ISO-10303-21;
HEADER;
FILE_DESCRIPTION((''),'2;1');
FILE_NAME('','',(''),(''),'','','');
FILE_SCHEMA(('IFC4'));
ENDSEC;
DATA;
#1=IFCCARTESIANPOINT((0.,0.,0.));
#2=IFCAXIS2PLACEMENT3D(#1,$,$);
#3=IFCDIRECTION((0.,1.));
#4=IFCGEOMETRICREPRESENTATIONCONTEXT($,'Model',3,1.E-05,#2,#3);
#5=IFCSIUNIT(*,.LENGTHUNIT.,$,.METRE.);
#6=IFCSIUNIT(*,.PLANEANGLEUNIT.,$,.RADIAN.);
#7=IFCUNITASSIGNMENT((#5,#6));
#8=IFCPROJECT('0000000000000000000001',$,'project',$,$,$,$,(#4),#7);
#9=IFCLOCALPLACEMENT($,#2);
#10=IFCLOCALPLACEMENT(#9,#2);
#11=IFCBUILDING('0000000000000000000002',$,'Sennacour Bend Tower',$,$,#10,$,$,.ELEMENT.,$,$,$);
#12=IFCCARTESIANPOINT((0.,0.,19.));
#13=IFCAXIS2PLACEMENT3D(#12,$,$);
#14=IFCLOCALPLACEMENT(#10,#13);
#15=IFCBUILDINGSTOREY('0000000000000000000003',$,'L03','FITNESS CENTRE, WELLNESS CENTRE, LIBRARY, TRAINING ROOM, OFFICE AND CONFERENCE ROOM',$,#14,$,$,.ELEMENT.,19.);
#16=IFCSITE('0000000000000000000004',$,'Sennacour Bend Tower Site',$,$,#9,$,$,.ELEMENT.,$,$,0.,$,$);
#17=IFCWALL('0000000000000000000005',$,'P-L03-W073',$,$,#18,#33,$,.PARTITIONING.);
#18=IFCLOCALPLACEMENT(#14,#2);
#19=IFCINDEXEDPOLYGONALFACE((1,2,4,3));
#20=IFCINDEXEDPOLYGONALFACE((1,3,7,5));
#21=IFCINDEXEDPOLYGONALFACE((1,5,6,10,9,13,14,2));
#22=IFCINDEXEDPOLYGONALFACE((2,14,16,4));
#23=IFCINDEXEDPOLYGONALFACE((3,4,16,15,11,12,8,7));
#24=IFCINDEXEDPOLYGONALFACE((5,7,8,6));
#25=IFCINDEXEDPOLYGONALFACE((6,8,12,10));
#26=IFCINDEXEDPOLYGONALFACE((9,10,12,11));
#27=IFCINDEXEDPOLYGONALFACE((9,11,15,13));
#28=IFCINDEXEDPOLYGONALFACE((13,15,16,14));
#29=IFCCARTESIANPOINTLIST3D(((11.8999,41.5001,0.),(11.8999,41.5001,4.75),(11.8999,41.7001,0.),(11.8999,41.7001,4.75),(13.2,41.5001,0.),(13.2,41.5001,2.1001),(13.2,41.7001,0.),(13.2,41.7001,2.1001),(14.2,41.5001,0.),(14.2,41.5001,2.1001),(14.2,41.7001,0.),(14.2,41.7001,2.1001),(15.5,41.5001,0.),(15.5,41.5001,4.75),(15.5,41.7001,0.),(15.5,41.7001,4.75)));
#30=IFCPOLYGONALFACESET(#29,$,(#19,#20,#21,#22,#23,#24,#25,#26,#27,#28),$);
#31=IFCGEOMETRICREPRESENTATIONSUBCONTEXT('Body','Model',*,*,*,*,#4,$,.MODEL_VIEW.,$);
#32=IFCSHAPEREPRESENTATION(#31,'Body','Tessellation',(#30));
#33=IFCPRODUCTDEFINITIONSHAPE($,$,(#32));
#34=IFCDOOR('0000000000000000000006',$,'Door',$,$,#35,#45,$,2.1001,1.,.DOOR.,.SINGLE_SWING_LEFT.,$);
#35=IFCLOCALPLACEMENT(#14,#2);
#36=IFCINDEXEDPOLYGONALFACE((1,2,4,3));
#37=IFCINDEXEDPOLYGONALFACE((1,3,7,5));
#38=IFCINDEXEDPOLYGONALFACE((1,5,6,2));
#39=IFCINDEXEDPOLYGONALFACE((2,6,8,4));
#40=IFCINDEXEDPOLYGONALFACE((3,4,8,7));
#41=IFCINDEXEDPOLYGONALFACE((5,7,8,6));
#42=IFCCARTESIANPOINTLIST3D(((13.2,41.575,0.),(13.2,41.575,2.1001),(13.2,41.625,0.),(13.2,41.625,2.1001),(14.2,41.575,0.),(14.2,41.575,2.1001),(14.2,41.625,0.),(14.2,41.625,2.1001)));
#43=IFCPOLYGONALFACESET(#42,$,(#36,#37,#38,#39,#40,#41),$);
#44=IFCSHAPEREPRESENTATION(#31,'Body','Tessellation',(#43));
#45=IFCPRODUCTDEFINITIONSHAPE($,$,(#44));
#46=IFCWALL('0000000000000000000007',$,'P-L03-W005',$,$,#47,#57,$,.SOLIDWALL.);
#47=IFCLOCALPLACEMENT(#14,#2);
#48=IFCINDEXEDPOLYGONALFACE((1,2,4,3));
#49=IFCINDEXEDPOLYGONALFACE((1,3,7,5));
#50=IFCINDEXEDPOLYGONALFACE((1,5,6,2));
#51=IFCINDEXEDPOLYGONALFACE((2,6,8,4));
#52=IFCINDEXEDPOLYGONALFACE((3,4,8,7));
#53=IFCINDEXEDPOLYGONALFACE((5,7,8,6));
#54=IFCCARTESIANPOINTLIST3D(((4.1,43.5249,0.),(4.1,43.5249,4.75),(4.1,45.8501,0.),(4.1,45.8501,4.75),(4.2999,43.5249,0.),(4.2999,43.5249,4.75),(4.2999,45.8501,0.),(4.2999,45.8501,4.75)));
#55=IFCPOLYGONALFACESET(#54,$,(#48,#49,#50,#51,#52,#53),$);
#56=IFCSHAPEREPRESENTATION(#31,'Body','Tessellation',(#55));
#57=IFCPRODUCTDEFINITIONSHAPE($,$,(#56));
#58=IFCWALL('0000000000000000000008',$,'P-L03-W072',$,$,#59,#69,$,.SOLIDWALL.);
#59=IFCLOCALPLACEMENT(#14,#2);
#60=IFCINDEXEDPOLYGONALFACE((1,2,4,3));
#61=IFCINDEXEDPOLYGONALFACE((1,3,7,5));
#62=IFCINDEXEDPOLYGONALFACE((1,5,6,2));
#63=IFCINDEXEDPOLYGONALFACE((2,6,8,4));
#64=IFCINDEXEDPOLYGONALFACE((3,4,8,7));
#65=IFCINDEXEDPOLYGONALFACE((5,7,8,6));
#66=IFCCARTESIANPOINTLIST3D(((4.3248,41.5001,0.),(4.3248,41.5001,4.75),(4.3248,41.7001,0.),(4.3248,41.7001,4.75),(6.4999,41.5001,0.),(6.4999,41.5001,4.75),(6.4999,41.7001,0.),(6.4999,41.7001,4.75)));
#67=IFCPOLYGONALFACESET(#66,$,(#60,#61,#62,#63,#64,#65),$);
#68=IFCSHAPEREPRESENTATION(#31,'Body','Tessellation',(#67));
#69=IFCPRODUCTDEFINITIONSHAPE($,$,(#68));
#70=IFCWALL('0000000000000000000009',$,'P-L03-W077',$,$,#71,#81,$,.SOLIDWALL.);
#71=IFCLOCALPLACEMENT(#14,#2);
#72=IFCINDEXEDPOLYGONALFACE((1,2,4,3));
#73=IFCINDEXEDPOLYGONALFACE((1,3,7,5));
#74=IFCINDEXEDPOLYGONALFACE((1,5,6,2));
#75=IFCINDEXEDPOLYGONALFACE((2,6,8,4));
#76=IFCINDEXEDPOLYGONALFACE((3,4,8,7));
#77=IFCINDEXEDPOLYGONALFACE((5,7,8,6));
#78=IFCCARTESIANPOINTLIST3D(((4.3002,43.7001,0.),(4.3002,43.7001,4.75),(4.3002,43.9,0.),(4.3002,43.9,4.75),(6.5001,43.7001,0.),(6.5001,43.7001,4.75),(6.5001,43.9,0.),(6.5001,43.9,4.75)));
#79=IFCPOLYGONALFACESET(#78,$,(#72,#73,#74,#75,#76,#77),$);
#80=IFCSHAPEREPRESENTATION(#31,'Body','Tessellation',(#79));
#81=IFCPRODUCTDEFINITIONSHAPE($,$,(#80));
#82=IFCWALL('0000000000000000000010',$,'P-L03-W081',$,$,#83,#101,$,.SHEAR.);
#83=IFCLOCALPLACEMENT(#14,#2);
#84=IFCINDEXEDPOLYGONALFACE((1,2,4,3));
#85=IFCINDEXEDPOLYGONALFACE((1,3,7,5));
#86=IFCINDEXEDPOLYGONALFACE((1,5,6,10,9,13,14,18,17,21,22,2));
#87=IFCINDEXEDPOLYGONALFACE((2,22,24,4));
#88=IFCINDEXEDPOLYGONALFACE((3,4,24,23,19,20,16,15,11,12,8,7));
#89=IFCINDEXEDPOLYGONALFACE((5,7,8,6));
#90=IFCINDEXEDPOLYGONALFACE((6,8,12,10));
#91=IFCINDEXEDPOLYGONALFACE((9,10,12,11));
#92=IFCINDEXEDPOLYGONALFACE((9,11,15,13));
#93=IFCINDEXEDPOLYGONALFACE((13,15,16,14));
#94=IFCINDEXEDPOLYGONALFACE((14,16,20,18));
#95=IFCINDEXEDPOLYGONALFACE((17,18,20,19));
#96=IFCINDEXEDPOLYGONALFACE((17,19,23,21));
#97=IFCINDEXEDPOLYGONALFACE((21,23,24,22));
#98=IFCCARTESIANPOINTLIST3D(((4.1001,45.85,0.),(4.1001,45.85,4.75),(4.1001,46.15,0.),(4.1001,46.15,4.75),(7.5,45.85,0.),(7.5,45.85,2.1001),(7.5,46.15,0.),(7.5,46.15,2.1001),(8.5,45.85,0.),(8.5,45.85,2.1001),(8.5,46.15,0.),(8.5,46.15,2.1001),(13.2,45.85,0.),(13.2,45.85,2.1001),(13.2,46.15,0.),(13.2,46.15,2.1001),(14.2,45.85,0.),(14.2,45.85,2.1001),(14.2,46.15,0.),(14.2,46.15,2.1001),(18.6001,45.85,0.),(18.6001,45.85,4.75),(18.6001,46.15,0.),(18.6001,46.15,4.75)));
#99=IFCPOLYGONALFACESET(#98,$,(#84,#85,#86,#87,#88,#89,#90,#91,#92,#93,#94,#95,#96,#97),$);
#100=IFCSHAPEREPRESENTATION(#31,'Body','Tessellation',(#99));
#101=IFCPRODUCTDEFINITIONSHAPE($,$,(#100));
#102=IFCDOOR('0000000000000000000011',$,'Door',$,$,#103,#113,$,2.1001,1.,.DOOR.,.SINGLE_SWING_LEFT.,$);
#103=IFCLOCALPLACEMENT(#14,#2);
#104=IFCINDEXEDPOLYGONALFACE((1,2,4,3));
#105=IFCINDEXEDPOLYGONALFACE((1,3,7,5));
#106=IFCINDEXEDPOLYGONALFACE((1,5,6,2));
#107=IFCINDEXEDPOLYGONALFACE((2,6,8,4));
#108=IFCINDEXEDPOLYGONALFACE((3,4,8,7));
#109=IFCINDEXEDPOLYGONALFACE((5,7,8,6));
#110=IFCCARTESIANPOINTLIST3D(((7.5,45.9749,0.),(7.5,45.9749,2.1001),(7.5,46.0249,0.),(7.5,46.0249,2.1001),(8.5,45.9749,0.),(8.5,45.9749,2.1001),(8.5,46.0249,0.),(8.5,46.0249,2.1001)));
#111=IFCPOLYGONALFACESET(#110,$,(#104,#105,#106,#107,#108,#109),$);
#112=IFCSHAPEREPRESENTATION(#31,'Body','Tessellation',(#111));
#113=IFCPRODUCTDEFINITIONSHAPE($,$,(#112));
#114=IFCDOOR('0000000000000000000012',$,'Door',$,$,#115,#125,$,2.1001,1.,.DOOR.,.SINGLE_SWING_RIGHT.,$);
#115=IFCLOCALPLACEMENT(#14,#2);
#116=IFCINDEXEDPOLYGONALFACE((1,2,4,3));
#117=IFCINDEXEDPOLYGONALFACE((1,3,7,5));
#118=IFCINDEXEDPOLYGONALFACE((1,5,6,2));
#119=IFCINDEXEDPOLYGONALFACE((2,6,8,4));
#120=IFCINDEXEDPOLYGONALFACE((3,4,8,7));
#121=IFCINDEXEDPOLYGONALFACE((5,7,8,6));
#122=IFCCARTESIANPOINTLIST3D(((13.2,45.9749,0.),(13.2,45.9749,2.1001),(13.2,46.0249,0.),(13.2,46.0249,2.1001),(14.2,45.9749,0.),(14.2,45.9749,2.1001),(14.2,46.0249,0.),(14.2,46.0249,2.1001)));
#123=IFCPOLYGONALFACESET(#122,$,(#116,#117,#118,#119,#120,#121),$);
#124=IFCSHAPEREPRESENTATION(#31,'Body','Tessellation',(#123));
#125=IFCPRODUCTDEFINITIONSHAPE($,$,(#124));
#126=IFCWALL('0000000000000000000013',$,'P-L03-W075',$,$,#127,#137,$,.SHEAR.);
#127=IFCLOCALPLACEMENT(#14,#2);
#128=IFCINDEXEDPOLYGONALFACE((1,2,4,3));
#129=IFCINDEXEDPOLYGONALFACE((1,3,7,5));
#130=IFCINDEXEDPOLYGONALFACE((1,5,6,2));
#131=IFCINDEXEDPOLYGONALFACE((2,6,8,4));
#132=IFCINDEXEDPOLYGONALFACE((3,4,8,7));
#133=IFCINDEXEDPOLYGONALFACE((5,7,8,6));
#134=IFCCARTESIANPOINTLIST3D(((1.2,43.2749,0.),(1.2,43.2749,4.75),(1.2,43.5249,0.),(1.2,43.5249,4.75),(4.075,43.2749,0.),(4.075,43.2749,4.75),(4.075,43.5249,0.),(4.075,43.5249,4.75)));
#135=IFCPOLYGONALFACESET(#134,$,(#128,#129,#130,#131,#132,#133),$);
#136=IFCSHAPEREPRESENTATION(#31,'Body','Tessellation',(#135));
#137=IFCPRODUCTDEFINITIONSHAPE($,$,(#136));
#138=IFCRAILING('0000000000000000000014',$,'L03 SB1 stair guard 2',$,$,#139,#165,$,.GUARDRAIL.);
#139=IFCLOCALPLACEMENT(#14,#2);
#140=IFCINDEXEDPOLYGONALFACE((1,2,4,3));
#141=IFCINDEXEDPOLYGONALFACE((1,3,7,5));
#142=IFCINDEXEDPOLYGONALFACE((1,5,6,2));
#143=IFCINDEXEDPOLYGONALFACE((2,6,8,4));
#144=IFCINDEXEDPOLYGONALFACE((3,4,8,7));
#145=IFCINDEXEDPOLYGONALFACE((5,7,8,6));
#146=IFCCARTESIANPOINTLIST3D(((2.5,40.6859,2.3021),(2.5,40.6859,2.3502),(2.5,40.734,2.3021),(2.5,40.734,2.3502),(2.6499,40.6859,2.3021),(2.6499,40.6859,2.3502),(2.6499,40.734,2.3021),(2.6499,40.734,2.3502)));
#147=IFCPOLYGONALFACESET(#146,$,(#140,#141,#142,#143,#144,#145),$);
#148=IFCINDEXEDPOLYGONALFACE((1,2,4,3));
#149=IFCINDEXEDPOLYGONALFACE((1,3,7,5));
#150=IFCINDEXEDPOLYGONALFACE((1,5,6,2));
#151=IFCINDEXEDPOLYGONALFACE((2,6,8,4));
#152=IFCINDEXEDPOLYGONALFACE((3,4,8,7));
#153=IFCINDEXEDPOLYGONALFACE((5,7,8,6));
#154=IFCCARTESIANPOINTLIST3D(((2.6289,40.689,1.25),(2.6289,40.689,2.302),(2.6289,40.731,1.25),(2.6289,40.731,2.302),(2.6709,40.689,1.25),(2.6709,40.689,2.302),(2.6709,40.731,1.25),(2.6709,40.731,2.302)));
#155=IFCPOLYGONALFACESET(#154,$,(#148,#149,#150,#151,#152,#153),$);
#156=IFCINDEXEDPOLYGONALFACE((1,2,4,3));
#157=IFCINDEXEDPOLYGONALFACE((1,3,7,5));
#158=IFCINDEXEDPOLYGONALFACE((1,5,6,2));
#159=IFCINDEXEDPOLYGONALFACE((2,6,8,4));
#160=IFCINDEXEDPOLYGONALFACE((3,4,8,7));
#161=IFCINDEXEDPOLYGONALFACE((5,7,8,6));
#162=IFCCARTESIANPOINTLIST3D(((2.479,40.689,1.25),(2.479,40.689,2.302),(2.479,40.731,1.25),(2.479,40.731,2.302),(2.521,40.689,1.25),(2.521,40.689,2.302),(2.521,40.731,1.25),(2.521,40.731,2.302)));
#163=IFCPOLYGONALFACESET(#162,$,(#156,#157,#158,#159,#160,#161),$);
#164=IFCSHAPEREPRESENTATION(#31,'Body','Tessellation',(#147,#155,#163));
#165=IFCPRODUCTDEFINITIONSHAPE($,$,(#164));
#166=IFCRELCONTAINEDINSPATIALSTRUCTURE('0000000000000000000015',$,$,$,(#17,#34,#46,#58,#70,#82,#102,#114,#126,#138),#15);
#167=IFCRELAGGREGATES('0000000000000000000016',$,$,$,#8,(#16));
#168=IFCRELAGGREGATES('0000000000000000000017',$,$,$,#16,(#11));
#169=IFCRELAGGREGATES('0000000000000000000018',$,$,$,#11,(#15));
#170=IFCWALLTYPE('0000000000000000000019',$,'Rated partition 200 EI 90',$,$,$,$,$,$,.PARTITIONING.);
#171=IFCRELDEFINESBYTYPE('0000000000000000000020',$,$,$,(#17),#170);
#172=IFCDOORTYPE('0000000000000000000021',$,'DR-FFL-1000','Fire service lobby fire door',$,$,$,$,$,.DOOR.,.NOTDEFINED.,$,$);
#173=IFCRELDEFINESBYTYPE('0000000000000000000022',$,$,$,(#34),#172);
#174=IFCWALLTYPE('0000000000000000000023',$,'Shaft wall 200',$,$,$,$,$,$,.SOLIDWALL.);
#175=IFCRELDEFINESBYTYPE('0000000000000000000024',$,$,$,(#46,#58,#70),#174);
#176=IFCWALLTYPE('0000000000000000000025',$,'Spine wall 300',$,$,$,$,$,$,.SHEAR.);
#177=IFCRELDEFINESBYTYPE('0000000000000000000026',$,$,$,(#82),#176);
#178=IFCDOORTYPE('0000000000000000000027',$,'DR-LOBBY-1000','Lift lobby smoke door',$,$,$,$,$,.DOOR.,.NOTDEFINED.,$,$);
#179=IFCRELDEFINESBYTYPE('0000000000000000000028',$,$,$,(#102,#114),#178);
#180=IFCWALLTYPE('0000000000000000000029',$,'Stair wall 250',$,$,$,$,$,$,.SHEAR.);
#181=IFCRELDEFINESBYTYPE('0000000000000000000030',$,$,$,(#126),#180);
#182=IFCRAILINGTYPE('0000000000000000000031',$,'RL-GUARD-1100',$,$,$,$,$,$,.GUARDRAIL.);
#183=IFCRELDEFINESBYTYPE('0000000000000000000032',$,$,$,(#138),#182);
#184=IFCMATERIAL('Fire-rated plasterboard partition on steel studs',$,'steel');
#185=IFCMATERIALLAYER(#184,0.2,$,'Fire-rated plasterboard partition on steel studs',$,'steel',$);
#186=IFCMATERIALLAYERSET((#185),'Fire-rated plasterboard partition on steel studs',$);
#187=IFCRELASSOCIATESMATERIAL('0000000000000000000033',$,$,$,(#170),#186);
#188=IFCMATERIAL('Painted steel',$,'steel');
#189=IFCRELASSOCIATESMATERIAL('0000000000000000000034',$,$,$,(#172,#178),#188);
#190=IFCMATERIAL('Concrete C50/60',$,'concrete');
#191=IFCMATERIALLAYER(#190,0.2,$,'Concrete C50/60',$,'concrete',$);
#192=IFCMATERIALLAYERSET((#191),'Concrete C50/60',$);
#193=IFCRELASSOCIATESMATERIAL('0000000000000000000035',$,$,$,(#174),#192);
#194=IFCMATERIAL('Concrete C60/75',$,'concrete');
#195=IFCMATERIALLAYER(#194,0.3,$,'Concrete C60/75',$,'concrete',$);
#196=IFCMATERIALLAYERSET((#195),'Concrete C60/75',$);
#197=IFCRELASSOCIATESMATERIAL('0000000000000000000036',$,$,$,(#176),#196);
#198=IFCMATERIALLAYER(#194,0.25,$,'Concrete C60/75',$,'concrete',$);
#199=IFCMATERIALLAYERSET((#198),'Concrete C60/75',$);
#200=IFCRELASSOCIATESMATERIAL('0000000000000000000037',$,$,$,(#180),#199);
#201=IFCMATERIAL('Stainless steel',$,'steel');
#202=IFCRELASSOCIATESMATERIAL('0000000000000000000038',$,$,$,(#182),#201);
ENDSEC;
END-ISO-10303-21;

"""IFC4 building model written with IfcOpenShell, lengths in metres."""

from ifc_helpers import new_model, si_unit, direction, frame, frame_2d, origin, origin_2d, place, context, subcontext, project, spatial, rectangle, extrude, material, layer, layer_set, type_object, element, fill, save


model = new_model("IFC4")

# Units and contexts
model_context = context("Model", 3, precision=1e-05, world=origin(), true_north=direction((0.0, 1.0)))
body_context = subcontext(model_context, "Body", "Model", "MODEL_VIEW")
ifc_project = project(units=[si_unit("LENGTHUNIT", "METRE"), si_unit("PLANEANGLEUNIT", "RADIAN")], contexts=[model_context])

# Site, building, storey
site_placement = place(None, origin())
site = spatial("IfcSite", under=ifc_project, at=site_placement, Name="Sennacour Bend Tower Site", CompositionType="ELEMENT", RefElevation=0.0)
building_placement = place(site_placement, origin())
building = spatial("IfcBuilding", under=site, at=building_placement, Name="Sennacour Bend Tower", CompositionType="ELEMENT")
storey_placement = place(building_placement, frame((0.0, 0.0, 19.0)))
storey = spatial("IfcBuildingStorey", under=building, at=storey_placement, Name="L03", Description="FITNESS CENTRE, WELLNESS CENTRE, LIBRARY, TRAINING ROOM, OFFICE AND CONFERENCE ROOM", CompositionType="ELEMENT", Elevation=19.0)

# Shared definitions
ifc_material_1 = material(Name="Fire-rated plasterboard partition on steel studs", Category="steel")

# Shared definitions
ifc_material_2 = material(Name="Painted steel", Category="steel")

# Wall, opening, door
ifc_layer_1 = layer(ifc_material_1, 0.2, Name="Fire-rated plasterboard partition on steel studs", Category="steel")
ifc_layer_set_1 = layer_set([ifc_layer_1], Name="Fire-rated plasterboard partition on steel studs")
wall_type_1 = type_object("IfcWallType", Name="Rated partition 200 EI 90", PredefinedType="PARTITIONING", material=ifc_layer_set_1)
wall_1_placement = place(storey_placement, frame((11.8999, 41.6001, 0.0), z_axis=(0.0, 0.0, 1.0), x_axis=(1.0, 0.0, 0.0)))
wall_1 = element("IfcWall", 1, at=wall_1_placement, inside=storey, type_object=wall_type_1, Name="P-L03-W073", PredefinedType="PARTITIONING", context=body_context, shape_type="SweptSolid", body=[
    extrude(rectangle(XDim=3.6001, YDim=0.2, at=frame_2d((1.8, 0.0))), origin(), (0.0, 0.0, 1.0), 4.75),
])
opening_1_placement = place(wall_1_placement, frame((1.3, 0.0, 0.0)))
opening_1 = element("IfcOpeningElement", 2, at=opening_1_placement, cuts=wall_1, PredefinedType="OPENING", context=body_context, shape_type="SweptSolid", body=[
    extrude(rectangle(XDim=1.0, YDim=2.1001, at=frame_2d((0.5, 1.05))), frame((0.0, 0.1099, 0.0), z_axis=(0.0, -1.0, 0.0), x_axis=(1.0, 0.0, 0.0)), (0.0, 0.0, 1.0), 0.22),
])
door_type_1 = type_object("IfcDoorType", Name="DR-FFL-1000", Description="Fire service lobby fire door", OperationType="NOTDEFINED", PredefinedType="DOOR", material=ifc_material_2)
door_1_placement = place(opening_1_placement, origin())
door_1 = element("IfcDoor", 3, at=door_1_placement, inside=storey, type_object=door_type_1, Name="Door", OperationType="SINGLE_SWING_LEFT", OverallHeight=2.1001, OverallWidth=1.0, PredefinedType="DOOR", context=body_context, shape_type="SweptSolid", body=[
    extrude(rectangle(XDim=1.0, YDim=2.1001, at=frame_2d((0.5, 1.05))), frame((0.0, 0.0249, 0.0), z_axis=(0.0, -1.0, 0.0), x_axis=(1.0, 0.0, 0.0)), (0.0, 0.0, 1.0), 0.05),
])
fill(opening_1, door_1)

# Walls
ifc_material_3 = material(Name="Concrete C50/60", Category="concrete")
ifc_layer_2 = layer(ifc_material_3, 0.2, Name="Concrete C50/60", Category="concrete")
ifc_layer_set_2 = layer_set([ifc_layer_2], Name="Concrete C50/60")
wall_type_2 = type_object("IfcWallType", Name="Shaft wall 200", PredefinedType="SOLIDWALL", material=ifc_layer_set_2)
wall_2_placement = place(storey_placement, frame((4.2, 43.5249, 0.0), z_axis=(0.0, 0.0, 1.0), x_axis=(0.0, 1.0, 0.0)))
element("IfcWall", 4, at=wall_2_placement, inside=storey, type_object=wall_type_2, Name="P-L03-W005", PredefinedType="SOLIDWALL", context=body_context, shape_type="SweptSolid", body=[
    extrude(rectangle(XDim=2.3252, YDim=0.2, at=frame_2d((1.1626, 0.0))), origin(), (0.0, 0.0, 1.0), 4.75),
])
wall_3_placement = place(storey_placement, frame((4.325, 41.6001, 0.0), z_axis=(0.0, 0.0, 1.0), x_axis=(1.0, 0.0, 0.0)))
element("IfcWall", 5, at=wall_3_placement, inside=storey, type_object=wall_type_2, Name="P-L03-W072", PredefinedType="SOLIDWALL", context=body_context, shape_type="SweptSolid", body=[
    extrude(rectangle(XDim=2.175, YDim=0.2, at=frame_2d((1.0874, 0.0))), origin(), (0.0, 0.0, 1.0), 4.75),
])
wall_4_placement = place(storey_placement, frame((4.3, 43.8, 0.0), z_axis=(0.0, 0.0, 1.0), x_axis=(1.0, 0.0, 0.0)))
element("IfcWall", 6, at=wall_4_placement, inside=storey, type_object=wall_type_2, Name="P-L03-W077", PredefinedType="SOLIDWALL", context=body_context, shape_type="SweptSolid", body=[
    extrude(rectangle(XDim=2.2, YDim=0.2, at=frame_2d((1.1001, 0.0))), origin(), (0.0, 0.0, 1.0), 4.75),
])

# Wall, openings, doors
ifc_material_4 = material(Name="Concrete C60/75", Category="concrete")
ifc_layer_3 = layer(ifc_material_4, 0.3, Name="Concrete C60/75", Category="concrete")
ifc_layer_set_3 = layer_set([ifc_layer_3], Name="Concrete C60/75")
wall_type_3 = type_object("IfcWallType", Name="Spine wall 300", PredefinedType="SHEAR", material=ifc_layer_set_3)
wall_5_placement = place(storey_placement, frame((4.1001, 46.0, 0.0), z_axis=(0.0, 0.0, 1.0), x_axis=(1.0, 0.0, 0.0)))
wall_5 = element("IfcWall", 7, at=wall_5_placement, inside=storey, type_object=wall_type_3, Name="P-L03-W081", PredefinedType="SHEAR", context=body_context, shape_type="SweptSolid", body=[
    extrude(rectangle(XDim=14.5, YDim=0.3, at=frame_2d((7.25, 0.0))), origin(), (0.0, 0.0, 1.0), 4.75),
])
opening_2_placement = place(wall_5_placement, frame((3.3999, 0.0, 0.0)))
opening_2 = element("IfcOpeningElement", 8, at=opening_2_placement, cuts=wall_5, PredefinedType="OPENING", context=body_context, shape_type="SweptSolid", body=[
    extrude(rectangle(XDim=1.0, YDim=2.1001, at=frame_2d((0.5, 1.05))), frame((0.0, 0.1602, 0.0), z_axis=(0.0, -1.0, 0.0), x_axis=(1.0, 0.0, 0.0)), (0.0, 0.0, 1.0), 0.3201),
])
opening_3_placement = place(wall_5_placement, frame((9.0999, 0.0, 0.0)))
opening_3 = element("IfcOpeningElement", 9, at=opening_3_placement, cuts=wall_5, PredefinedType="OPENING", context=body_context, shape_type="SweptSolid", body=[
    extrude(rectangle(XDim=1.0, YDim=2.1001, at=frame_2d((0.5, 1.05))), frame((0.0, 0.1602, 0.0), z_axis=(0.0, -1.0, 0.0), x_axis=(1.0, 0.0, 0.0)), (0.0, 0.0, 1.0), 0.3201),
])
door_type_2 = type_object("IfcDoorType", Name="DR-LOBBY-1000", Description="Lift lobby smoke door", OperationType="NOTDEFINED", PredefinedType="DOOR", material=ifc_material_2)
door_2_placement = place(opening_2_placement, origin())
door_2 = element("IfcDoor", 10, at=door_2_placement, inside=storey, type_object=door_type_2, Name="Door", OperationType="SINGLE_SWING_LEFT", OverallHeight=2.1001, OverallWidth=1.0, PredefinedType="DOOR", context=body_context, shape_type="SweptSolid", body=[
    extrude(rectangle(XDim=1.0, YDim=2.1001, at=frame_2d((0.5, 1.05))), frame((0.0, 0.0249, 0.0), z_axis=(0.0, -1.0, 0.0), x_axis=(1.0, 0.0, 0.0)), (0.0, 0.0, 1.0), 0.05),
])
fill(opening_2, door_2)
door_3_placement = place(opening_3_placement, origin())
door_3 = element("IfcDoor", 11, at=door_3_placement, inside=storey, type_object=door_type_2, Name="Door", OperationType="SINGLE_SWING_RIGHT", OverallHeight=2.1001, OverallWidth=1.0, PredefinedType="DOOR", context=body_context, shape_type="SweptSolid", body=[
    extrude(rectangle(XDim=1.0, YDim=2.1001, at=frame_2d((0.5, 1.05))), frame((0.0, 0.0249, 0.0), z_axis=(0.0, -1.0, 0.0), x_axis=(1.0, 0.0, 0.0)), (0.0, 0.0, 1.0), 0.05),
])
fill(opening_3, door_3)

# Wall
ifc_layer_4 = layer(ifc_material_4, 0.25, Name="Concrete C60/75", Category="concrete")
ifc_layer_set_4 = layer_set([ifc_layer_4], Name="Concrete C60/75")
wall_type_4 = type_object("IfcWallType", Name="Stair wall 250", PredefinedType="SHEAR", material=ifc_layer_set_4)
wall_6_placement = place(storey_placement, frame((1.2, 43.3999, 0.0), z_axis=(0.0, 0.0, 1.0), x_axis=(1.0, 0.0, 0.0)))
element("IfcWall", 12, at=wall_6_placement, inside=storey, type_object=wall_type_4, Name="P-L03-W075", PredefinedType="SHEAR", context=body_context, shape_type="SweptSolid", body=[
    extrude(rectangle(XDim=2.875, YDim=0.25, at=frame_2d((1.4375, 0.0))), origin(), (0.0, 0.0, 1.0), 4.75),
])

# Railing
ifc_material_5 = material(Name="Stainless steel", Category="steel")
railing_type = type_object("IfcRailingType", Name="RL-GUARD-1100", PredefinedType="GUARDRAIL", material=ifc_material_5)
for number, where, name in (
    (13, (2.6499, 40.71, 1.25), "L03 SB1 stair guard 2"),
):
    element("IfcRailing", number, at=place(storey_placement, frame(where)), inside=storey, type_object=railing_type, Name=name, PredefinedType="GUARDRAIL", context=body_context, shape_type="SweptSolid", body=[
        extrude(rectangle(XDim=0.0481, YDim=0.0481, at=origin_2d()), frame((0.0, 0.0, 1.0762), z_axis=(-1.0, 0.0, 0.0), x_axis=(0.0, -1.0, 0.0)), (0.0, 0.0, 1.0), 0.1499),
        extrude(rectangle(XDim=0.042, YDim=0.042, at=origin_2d()), origin(), (0.0, 0.0, 1.0), 1.052),
        extrude(rectangle(XDim=0.042, YDim=0.042, at=origin_2d()), frame((-0.1499, 0.0, 0.0)), (0.0, 0.0, 1.0), 1.052),
    ])

save(model, "model.ifc")
